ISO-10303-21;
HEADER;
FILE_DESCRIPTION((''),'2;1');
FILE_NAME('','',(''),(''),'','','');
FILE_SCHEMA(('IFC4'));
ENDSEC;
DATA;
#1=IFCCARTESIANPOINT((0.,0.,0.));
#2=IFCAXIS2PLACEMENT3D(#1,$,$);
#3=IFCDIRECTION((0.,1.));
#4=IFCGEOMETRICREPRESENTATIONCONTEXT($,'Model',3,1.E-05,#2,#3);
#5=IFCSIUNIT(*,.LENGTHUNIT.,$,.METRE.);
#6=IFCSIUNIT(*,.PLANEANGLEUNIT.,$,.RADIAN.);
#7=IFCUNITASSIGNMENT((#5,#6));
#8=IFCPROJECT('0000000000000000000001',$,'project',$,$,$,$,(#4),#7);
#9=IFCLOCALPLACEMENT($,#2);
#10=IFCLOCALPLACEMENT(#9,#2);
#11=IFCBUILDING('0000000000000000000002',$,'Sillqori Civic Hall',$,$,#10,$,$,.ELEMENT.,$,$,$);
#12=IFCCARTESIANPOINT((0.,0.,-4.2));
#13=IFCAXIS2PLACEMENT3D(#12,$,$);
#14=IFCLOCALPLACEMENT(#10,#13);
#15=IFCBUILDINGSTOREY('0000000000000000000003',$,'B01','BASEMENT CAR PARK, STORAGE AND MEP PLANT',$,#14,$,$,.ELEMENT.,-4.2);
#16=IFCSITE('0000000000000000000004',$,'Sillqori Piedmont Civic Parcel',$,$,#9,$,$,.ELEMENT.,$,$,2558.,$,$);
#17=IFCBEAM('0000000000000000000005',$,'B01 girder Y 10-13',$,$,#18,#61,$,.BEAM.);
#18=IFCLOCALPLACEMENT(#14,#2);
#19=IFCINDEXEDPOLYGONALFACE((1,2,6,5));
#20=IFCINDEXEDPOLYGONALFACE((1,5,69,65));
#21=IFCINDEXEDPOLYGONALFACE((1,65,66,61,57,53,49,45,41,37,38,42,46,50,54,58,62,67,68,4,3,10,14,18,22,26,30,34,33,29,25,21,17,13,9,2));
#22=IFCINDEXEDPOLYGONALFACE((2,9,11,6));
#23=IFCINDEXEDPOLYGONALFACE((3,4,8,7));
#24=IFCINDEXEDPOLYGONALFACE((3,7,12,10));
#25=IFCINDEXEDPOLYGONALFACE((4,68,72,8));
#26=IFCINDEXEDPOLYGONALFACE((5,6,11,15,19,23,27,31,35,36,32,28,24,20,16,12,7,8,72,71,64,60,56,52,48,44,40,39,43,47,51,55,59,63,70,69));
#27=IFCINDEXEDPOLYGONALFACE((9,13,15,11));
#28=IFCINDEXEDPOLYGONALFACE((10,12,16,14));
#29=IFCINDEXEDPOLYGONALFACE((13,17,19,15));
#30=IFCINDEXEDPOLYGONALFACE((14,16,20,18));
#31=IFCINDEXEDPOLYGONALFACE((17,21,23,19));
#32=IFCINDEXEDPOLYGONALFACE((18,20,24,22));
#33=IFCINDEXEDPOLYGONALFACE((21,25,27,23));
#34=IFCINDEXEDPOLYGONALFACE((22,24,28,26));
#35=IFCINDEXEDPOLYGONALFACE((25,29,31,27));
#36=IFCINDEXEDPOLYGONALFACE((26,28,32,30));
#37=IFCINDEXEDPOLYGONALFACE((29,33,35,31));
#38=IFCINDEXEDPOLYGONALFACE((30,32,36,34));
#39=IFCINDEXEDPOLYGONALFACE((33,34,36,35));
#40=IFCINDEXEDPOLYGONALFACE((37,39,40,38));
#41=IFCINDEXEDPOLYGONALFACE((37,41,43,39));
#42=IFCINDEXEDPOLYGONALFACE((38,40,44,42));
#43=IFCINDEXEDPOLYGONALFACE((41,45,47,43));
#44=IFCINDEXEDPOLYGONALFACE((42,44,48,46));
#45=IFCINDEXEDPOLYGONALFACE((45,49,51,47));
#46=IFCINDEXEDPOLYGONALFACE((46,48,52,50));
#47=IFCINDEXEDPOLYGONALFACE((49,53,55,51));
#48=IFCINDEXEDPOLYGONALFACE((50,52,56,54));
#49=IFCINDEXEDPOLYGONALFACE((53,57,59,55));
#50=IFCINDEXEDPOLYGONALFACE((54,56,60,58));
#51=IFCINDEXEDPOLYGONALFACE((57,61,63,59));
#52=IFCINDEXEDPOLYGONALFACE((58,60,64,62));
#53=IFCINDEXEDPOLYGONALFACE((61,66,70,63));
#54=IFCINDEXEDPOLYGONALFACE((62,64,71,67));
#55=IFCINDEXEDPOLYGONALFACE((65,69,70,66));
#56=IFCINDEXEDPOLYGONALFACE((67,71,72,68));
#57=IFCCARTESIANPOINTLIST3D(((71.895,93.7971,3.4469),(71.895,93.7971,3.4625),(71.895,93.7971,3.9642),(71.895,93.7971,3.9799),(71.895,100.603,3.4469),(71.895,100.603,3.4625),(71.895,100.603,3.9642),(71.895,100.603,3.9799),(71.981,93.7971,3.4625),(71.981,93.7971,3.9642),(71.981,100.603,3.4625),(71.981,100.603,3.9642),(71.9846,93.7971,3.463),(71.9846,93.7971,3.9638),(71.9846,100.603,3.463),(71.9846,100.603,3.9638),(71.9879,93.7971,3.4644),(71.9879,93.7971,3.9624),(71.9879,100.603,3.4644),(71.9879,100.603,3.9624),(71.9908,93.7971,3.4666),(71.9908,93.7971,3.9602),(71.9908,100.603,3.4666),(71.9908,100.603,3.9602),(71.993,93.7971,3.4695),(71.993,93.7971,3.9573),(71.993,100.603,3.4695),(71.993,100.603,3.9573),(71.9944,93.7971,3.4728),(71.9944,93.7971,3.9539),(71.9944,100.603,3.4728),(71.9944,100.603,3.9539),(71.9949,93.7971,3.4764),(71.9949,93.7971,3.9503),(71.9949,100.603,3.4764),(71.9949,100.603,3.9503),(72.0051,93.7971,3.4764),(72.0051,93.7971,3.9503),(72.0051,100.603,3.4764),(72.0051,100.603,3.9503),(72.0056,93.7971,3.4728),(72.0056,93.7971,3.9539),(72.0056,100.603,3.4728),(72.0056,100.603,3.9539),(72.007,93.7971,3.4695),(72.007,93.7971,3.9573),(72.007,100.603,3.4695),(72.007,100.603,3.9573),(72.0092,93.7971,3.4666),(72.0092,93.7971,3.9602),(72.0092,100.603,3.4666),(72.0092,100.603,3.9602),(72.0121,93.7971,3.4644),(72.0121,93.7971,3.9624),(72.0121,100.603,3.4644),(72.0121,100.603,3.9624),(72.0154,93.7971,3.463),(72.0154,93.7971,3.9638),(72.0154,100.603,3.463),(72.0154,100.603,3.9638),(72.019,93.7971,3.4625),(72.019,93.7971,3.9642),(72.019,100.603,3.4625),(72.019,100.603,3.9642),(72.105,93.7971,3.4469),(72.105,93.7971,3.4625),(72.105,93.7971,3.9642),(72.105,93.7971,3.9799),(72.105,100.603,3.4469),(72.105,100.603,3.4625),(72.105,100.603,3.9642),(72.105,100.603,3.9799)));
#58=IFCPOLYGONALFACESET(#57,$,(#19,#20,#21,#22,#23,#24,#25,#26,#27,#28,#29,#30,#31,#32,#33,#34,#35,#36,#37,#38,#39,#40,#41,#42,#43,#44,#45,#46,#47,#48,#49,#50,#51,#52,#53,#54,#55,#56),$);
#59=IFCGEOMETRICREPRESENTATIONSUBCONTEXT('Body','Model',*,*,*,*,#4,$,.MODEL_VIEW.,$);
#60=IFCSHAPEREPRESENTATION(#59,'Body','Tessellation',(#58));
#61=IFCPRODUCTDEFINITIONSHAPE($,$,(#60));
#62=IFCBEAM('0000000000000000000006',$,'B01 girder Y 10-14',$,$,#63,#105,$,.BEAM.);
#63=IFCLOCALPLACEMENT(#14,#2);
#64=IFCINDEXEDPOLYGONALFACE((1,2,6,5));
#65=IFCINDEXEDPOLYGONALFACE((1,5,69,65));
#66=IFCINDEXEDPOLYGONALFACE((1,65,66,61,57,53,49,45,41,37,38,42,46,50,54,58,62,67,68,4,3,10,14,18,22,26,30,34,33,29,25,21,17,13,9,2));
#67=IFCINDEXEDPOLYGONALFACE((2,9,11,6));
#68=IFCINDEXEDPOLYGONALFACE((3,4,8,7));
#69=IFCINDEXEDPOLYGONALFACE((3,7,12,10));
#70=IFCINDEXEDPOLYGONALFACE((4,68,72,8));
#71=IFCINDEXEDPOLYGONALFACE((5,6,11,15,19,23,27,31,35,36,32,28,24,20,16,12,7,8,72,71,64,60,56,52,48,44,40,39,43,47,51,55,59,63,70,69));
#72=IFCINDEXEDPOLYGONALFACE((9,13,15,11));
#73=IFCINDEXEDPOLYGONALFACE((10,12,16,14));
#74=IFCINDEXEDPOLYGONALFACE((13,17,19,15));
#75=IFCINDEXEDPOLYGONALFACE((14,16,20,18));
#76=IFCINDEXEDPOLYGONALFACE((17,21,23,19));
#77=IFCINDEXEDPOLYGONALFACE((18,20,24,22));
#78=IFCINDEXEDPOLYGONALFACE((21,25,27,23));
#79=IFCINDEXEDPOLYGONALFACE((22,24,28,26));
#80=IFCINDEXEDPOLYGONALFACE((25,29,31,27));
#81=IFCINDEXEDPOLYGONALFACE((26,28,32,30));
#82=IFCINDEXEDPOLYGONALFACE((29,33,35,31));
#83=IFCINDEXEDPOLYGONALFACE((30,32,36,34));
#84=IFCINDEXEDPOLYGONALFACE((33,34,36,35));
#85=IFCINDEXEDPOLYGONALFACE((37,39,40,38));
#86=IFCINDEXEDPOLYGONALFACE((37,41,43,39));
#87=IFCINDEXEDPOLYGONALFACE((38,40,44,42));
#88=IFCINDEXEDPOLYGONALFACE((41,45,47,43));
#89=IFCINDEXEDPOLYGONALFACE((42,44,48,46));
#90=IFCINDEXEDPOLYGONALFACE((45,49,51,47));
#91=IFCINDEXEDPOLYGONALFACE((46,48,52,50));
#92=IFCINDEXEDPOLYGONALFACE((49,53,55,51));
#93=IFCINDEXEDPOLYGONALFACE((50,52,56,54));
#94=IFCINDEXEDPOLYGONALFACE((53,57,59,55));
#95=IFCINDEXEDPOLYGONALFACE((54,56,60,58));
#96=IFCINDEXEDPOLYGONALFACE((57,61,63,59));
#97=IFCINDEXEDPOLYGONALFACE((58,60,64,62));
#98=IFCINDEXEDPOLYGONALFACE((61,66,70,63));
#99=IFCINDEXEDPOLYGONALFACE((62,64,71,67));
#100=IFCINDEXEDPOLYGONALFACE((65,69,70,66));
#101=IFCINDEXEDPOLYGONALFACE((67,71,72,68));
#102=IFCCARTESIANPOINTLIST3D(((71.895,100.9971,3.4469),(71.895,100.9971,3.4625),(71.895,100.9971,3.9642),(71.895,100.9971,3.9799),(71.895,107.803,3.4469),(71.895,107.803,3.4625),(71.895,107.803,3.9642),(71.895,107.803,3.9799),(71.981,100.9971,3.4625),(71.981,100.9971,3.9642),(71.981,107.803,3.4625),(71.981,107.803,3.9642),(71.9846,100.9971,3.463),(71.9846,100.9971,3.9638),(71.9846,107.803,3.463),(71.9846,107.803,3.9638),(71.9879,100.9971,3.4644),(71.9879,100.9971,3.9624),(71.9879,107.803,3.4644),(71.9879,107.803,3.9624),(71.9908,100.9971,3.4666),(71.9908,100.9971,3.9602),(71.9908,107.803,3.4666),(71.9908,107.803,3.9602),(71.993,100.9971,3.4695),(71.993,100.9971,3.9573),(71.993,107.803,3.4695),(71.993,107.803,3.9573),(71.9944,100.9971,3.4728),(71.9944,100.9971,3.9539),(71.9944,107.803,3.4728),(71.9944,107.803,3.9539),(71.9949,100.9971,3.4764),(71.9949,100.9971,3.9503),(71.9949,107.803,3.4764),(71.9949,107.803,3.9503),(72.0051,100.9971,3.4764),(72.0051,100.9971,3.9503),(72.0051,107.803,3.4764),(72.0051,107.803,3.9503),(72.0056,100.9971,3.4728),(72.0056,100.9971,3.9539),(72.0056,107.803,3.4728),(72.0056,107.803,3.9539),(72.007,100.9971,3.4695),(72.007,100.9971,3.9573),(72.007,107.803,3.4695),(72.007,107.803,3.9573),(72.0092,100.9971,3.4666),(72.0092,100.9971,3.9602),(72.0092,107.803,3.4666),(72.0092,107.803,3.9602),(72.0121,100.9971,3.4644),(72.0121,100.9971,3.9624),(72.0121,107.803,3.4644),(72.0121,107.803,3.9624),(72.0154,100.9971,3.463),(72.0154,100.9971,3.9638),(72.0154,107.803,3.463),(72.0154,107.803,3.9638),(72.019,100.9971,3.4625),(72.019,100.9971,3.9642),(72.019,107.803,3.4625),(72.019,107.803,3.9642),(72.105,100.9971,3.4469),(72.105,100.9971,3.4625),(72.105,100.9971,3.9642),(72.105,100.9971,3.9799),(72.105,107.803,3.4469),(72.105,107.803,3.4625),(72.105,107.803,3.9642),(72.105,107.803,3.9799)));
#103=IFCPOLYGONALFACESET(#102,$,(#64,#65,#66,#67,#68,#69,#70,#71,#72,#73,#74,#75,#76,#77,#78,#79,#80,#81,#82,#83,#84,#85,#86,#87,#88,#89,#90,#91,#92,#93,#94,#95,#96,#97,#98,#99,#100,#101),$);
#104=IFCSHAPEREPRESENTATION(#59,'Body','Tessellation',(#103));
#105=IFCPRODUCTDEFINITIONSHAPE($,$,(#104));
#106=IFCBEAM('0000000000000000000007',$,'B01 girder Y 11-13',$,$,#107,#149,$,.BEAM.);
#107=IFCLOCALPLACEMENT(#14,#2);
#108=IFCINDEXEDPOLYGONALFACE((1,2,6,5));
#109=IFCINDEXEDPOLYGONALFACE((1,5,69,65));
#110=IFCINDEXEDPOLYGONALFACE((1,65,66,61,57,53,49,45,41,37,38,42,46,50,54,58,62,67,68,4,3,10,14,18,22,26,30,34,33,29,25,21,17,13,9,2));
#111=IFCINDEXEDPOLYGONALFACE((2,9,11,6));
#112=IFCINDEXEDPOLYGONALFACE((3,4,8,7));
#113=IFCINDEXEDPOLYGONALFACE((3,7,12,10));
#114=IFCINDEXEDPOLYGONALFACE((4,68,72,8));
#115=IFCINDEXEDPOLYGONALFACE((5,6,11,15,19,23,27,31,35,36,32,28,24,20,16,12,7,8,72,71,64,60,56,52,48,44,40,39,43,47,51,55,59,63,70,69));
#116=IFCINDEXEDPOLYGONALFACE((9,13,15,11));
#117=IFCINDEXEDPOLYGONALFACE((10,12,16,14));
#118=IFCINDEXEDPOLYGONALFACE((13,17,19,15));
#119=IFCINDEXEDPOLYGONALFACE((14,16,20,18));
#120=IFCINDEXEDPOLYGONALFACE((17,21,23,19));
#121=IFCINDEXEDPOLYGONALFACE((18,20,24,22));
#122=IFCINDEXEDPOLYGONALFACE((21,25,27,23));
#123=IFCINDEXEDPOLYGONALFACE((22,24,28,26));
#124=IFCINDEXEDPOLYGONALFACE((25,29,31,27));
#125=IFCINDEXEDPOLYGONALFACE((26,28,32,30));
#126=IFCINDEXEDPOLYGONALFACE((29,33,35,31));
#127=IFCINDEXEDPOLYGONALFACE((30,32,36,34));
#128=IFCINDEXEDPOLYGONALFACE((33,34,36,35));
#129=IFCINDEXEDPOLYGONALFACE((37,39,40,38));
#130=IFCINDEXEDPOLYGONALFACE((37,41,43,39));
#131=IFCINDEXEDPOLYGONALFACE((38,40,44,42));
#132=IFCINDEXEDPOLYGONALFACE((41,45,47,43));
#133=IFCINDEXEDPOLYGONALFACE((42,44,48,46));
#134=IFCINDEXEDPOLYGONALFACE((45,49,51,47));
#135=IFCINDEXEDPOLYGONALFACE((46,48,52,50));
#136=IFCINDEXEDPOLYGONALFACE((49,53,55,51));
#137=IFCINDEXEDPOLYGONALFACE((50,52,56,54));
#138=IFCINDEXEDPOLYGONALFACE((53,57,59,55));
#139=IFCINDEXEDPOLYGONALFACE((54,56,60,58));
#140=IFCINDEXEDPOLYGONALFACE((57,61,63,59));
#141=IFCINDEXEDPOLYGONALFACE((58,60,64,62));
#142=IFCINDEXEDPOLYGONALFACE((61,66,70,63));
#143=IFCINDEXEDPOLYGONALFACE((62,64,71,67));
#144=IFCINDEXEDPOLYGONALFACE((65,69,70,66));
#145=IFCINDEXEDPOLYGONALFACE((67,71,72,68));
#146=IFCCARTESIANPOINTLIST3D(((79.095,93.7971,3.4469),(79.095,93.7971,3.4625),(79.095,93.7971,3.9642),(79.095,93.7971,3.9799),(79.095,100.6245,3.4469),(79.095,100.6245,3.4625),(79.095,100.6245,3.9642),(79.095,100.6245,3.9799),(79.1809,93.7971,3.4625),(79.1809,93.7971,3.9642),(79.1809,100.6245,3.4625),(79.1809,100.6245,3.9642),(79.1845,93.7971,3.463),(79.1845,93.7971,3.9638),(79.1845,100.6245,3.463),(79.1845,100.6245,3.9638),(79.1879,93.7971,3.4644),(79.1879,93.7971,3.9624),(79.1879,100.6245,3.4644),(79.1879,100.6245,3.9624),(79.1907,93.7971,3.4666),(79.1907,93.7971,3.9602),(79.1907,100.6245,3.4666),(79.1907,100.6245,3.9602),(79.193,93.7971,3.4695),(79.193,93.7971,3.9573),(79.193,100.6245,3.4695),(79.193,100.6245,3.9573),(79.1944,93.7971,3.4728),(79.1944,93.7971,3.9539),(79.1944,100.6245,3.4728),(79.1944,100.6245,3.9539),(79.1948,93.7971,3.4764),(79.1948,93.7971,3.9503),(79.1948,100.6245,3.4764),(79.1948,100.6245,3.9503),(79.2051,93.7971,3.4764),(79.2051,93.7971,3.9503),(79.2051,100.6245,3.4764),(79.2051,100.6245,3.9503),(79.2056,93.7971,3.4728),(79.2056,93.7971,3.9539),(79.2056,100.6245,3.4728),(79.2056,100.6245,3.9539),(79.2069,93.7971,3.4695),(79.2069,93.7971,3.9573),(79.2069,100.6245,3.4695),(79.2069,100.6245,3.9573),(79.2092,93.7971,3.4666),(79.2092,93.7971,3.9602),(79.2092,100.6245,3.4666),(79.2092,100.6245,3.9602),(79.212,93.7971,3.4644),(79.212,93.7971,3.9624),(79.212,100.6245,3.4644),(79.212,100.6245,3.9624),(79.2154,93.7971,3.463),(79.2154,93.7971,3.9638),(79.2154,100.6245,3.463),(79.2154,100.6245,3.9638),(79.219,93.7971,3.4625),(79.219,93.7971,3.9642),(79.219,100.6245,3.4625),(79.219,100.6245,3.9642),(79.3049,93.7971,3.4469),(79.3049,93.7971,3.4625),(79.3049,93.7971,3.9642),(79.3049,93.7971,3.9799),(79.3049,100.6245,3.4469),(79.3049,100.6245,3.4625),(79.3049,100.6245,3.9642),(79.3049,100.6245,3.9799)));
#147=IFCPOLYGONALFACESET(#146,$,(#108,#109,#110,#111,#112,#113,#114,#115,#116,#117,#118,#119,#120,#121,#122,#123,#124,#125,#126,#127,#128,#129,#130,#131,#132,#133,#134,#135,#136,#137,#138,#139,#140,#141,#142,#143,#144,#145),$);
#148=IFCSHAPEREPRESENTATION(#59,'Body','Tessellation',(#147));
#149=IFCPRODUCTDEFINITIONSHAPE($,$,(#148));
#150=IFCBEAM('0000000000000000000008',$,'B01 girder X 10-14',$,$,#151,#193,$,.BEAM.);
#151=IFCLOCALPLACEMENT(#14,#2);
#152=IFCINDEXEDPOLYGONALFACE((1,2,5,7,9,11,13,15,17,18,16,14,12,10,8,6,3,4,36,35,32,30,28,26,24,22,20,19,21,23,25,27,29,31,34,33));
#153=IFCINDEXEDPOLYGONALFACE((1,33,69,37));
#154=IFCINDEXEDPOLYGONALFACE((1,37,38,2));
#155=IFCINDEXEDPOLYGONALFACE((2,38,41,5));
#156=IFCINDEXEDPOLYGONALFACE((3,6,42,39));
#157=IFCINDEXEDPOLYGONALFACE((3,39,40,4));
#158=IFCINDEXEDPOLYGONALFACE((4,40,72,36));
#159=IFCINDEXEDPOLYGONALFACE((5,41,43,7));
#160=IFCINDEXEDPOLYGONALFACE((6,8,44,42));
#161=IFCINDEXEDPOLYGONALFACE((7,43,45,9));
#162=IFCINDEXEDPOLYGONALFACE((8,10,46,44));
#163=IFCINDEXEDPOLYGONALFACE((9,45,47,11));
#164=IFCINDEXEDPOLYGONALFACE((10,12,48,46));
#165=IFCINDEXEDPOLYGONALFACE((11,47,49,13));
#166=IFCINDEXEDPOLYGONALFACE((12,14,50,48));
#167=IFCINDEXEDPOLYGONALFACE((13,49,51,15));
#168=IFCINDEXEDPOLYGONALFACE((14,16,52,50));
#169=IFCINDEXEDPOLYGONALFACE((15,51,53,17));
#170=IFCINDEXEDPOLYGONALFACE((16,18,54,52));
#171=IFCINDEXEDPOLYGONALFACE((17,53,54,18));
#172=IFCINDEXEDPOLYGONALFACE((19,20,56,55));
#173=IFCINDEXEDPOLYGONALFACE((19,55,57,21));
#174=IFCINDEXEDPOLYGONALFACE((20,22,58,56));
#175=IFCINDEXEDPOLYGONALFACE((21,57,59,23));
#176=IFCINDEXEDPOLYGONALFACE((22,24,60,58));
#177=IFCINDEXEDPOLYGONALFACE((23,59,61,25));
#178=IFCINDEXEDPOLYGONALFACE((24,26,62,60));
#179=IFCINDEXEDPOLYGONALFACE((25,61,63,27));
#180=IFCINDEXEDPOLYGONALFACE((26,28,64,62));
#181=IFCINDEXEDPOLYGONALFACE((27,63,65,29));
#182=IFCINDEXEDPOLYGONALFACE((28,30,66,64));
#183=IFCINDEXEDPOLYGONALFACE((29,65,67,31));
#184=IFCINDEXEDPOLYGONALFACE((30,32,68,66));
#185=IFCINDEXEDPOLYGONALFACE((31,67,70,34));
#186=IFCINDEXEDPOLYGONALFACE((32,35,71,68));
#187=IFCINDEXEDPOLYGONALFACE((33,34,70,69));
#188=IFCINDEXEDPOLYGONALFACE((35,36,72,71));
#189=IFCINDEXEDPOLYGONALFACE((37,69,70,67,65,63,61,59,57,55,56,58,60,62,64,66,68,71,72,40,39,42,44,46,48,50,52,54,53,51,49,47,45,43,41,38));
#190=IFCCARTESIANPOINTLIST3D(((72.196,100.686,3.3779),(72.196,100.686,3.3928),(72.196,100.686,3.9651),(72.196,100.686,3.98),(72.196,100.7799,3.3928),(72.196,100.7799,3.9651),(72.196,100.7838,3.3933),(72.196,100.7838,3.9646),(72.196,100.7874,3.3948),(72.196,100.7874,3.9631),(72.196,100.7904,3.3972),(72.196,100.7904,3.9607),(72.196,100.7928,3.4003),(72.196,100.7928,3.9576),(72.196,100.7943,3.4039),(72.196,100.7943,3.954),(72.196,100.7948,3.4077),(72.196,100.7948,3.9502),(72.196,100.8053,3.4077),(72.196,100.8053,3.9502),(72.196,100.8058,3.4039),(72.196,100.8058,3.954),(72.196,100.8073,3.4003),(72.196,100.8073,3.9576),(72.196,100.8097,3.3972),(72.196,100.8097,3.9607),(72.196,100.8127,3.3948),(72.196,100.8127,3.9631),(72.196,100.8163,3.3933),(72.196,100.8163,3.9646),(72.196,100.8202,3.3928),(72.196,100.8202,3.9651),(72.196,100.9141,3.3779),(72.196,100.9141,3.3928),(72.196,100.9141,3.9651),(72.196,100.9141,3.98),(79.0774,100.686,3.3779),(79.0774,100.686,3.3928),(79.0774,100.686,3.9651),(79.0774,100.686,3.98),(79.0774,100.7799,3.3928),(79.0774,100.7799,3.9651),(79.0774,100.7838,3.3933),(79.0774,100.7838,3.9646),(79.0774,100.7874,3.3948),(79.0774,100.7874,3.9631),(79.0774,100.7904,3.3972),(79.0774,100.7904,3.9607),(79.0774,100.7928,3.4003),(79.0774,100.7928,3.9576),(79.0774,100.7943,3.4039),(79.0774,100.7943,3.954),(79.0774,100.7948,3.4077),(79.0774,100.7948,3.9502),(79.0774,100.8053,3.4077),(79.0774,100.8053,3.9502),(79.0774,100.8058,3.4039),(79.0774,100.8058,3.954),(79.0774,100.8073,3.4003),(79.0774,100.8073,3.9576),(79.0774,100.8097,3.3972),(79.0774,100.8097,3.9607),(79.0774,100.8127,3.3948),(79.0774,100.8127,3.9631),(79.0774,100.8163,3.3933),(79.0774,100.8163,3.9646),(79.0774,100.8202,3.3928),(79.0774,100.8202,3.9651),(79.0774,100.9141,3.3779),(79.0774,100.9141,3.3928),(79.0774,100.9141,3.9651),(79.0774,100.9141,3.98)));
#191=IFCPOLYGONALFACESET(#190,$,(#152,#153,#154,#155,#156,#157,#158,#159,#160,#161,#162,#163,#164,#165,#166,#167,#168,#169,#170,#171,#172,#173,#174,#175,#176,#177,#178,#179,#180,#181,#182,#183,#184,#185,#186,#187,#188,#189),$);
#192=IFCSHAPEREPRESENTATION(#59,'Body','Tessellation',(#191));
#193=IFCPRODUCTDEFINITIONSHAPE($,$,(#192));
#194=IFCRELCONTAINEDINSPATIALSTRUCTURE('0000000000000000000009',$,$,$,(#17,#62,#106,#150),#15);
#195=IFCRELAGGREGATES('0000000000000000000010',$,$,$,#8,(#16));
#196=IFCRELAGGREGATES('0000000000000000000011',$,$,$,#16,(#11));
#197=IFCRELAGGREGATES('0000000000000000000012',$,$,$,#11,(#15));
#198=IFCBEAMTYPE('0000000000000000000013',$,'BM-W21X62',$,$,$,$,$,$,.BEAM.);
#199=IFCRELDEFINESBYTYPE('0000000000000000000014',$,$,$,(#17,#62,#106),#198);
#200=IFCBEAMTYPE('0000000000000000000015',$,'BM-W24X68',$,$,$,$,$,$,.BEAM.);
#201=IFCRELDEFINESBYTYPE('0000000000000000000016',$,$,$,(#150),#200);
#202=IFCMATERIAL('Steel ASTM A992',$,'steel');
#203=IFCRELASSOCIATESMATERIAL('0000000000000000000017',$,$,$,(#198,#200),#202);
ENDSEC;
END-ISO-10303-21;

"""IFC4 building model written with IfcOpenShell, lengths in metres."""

from ifc_helpers import new_model, si_unit, direction, frame, origin, origin_2d, place, context, subcontext, project, spatial, i_section, extrude, material, material_profile, profile_set, type_object, element, save


model = new_model("IFC4")

# Units and contexts
model_context = context("Model", 3, precision=1e-05, world=origin(), true_north=direction((0.0, 1.0)))
body_context = subcontext(model_context, "Body", "Model", "MODEL_VIEW")
ifc_project = project(units=[si_unit("LENGTHUNIT", "METRE"), si_unit("PLANEANGLEUNIT", "RADIAN")], contexts=[model_context])

# Site, building, storey
site_placement = place(None, origin())
site = spatial("IfcSite", under=ifc_project, at=site_placement, Name="Sillqori Piedmont Civic Parcel", CompositionType="ELEMENT", RefElevation=2558.0)
building_placement = place(site_placement, origin())
building = spatial("IfcBuilding", under=site, at=building_placement, Name="Sillqori Civic Hall", CompositionType="ELEMENT")
storey_placement = place(building_placement, frame((0.0, 0.0, -4.2)))
storey = spatial("IfcBuildingStorey", under=building, at=storey_placement, Name="B01", Description="BASEMENT CAR PARK, STORAGE AND MEP PLANT", CompositionType="ELEMENT", Elevation=-4.2)

# Shared definitions
ifc_material_1 = material(Name="Steel ASTM A992", Category="steel")

# Beams
ifc_material_profile_1 = material_profile(ifc_material_1, i_section(OverallWidth=0.21, OverallDepth=0.533, WebThickness=0.0103, FlangeThickness=0.0156, FilletRadius=0.0139, at=origin_2d()), Name="W21X62")
ifc_profile_set_1 = profile_set([ifc_material_profile_1], Name="Steel ASTM A992")
beam_type_1 = type_object("IfcBeamType", Name="BM-W21X62", PredefinedType="BEAM", material=ifc_profile_set_1)
for number, where, z_axis, x_axis, name in (
    (1, (72.0, 93.7971, 3.7134), (0.0, 1.0, 0.0), (-1.0, 0.0, 0.0), "B01 girder Y 10-13"),
    (2, (72.0, 100.9971, 3.7134), (0.0, 1.0, 0.0), (-1.0, 0.0, 0.0), "B01 girder Y 10-14"),
):
    element("IfcBeam", number, at=place(storey_placement, frame(where, z_axis=z_axis, x_axis=x_axis)), inside=storey, type_object=beam_type_1, Name=name, PredefinedType="BEAM", context=body_context, shape_type="SweptSolid", body=[
        extrude(i_section(OverallWidth=0.21, OverallDepth=0.533, WebThickness=0.0103, FlangeThickness=0.0156, FilletRadius=0.0139, at=origin_2d()), origin(), (0.0, 0.0, 1.0), 6.8059),
    ])
beam_1_placement = place(storey_placement, frame((79.2, 93.7971, 3.7134), z_axis=(0.0, 1.0, 0.0), x_axis=(-1.0, 0.0, 0.0)))
element("IfcBeam", 3, at=beam_1_placement, inside=storey, type_object=beam_type_1, Name="B01 girder Y 11-13", PredefinedType="BEAM", context=body_context, shape_type="SweptSolid", body=[
    extrude(i_section(OverallWidth=0.21, OverallDepth=0.533, WebThickness=0.0103, FlangeThickness=0.0156, FilletRadius=0.0139, at=origin_2d()), origin(), (0.0, 0.0, 1.0), 6.8274),
])
ifc_material_profile_2 = material_profile(ifc_material_1, i_section(OverallWidth=0.228, OverallDepth=0.6021, WebThickness=0.0105, FlangeThickness=0.0149, FilletRadius=0.0149, at=origin_2d()), Name="W24X68")
ifc_profile_set_2 = profile_set([ifc_material_profile_2], Name="Steel ASTM A992")
beam_type_2 = type_object("IfcBeamType", Name="BM-W24X68", PredefinedType="BEAM", material=ifc_profile_set_2)
beam_2_placement = place(storey_placement, frame((72.196, 100.8, 3.679), z_axis=(1.0, 0.0, 0.0), x_axis=(0.0, 1.0, 0.0)))
element("IfcBeam", 4, at=beam_2_placement, inside=storey, type_object=beam_type_2, Name="B01 girder X 10-14", PredefinedType="BEAM", context=body_context, shape_type="SweptSolid", body=[
    extrude(i_section(OverallWidth=0.228, OverallDepth=0.6021, WebThickness=0.0105, FlangeThickness=0.0149, FilletRadius=0.0149, at=origin_2d()), origin(), (0.0, 0.0, 1.0), 6.8813),
])

save(model, "model.ifc")
